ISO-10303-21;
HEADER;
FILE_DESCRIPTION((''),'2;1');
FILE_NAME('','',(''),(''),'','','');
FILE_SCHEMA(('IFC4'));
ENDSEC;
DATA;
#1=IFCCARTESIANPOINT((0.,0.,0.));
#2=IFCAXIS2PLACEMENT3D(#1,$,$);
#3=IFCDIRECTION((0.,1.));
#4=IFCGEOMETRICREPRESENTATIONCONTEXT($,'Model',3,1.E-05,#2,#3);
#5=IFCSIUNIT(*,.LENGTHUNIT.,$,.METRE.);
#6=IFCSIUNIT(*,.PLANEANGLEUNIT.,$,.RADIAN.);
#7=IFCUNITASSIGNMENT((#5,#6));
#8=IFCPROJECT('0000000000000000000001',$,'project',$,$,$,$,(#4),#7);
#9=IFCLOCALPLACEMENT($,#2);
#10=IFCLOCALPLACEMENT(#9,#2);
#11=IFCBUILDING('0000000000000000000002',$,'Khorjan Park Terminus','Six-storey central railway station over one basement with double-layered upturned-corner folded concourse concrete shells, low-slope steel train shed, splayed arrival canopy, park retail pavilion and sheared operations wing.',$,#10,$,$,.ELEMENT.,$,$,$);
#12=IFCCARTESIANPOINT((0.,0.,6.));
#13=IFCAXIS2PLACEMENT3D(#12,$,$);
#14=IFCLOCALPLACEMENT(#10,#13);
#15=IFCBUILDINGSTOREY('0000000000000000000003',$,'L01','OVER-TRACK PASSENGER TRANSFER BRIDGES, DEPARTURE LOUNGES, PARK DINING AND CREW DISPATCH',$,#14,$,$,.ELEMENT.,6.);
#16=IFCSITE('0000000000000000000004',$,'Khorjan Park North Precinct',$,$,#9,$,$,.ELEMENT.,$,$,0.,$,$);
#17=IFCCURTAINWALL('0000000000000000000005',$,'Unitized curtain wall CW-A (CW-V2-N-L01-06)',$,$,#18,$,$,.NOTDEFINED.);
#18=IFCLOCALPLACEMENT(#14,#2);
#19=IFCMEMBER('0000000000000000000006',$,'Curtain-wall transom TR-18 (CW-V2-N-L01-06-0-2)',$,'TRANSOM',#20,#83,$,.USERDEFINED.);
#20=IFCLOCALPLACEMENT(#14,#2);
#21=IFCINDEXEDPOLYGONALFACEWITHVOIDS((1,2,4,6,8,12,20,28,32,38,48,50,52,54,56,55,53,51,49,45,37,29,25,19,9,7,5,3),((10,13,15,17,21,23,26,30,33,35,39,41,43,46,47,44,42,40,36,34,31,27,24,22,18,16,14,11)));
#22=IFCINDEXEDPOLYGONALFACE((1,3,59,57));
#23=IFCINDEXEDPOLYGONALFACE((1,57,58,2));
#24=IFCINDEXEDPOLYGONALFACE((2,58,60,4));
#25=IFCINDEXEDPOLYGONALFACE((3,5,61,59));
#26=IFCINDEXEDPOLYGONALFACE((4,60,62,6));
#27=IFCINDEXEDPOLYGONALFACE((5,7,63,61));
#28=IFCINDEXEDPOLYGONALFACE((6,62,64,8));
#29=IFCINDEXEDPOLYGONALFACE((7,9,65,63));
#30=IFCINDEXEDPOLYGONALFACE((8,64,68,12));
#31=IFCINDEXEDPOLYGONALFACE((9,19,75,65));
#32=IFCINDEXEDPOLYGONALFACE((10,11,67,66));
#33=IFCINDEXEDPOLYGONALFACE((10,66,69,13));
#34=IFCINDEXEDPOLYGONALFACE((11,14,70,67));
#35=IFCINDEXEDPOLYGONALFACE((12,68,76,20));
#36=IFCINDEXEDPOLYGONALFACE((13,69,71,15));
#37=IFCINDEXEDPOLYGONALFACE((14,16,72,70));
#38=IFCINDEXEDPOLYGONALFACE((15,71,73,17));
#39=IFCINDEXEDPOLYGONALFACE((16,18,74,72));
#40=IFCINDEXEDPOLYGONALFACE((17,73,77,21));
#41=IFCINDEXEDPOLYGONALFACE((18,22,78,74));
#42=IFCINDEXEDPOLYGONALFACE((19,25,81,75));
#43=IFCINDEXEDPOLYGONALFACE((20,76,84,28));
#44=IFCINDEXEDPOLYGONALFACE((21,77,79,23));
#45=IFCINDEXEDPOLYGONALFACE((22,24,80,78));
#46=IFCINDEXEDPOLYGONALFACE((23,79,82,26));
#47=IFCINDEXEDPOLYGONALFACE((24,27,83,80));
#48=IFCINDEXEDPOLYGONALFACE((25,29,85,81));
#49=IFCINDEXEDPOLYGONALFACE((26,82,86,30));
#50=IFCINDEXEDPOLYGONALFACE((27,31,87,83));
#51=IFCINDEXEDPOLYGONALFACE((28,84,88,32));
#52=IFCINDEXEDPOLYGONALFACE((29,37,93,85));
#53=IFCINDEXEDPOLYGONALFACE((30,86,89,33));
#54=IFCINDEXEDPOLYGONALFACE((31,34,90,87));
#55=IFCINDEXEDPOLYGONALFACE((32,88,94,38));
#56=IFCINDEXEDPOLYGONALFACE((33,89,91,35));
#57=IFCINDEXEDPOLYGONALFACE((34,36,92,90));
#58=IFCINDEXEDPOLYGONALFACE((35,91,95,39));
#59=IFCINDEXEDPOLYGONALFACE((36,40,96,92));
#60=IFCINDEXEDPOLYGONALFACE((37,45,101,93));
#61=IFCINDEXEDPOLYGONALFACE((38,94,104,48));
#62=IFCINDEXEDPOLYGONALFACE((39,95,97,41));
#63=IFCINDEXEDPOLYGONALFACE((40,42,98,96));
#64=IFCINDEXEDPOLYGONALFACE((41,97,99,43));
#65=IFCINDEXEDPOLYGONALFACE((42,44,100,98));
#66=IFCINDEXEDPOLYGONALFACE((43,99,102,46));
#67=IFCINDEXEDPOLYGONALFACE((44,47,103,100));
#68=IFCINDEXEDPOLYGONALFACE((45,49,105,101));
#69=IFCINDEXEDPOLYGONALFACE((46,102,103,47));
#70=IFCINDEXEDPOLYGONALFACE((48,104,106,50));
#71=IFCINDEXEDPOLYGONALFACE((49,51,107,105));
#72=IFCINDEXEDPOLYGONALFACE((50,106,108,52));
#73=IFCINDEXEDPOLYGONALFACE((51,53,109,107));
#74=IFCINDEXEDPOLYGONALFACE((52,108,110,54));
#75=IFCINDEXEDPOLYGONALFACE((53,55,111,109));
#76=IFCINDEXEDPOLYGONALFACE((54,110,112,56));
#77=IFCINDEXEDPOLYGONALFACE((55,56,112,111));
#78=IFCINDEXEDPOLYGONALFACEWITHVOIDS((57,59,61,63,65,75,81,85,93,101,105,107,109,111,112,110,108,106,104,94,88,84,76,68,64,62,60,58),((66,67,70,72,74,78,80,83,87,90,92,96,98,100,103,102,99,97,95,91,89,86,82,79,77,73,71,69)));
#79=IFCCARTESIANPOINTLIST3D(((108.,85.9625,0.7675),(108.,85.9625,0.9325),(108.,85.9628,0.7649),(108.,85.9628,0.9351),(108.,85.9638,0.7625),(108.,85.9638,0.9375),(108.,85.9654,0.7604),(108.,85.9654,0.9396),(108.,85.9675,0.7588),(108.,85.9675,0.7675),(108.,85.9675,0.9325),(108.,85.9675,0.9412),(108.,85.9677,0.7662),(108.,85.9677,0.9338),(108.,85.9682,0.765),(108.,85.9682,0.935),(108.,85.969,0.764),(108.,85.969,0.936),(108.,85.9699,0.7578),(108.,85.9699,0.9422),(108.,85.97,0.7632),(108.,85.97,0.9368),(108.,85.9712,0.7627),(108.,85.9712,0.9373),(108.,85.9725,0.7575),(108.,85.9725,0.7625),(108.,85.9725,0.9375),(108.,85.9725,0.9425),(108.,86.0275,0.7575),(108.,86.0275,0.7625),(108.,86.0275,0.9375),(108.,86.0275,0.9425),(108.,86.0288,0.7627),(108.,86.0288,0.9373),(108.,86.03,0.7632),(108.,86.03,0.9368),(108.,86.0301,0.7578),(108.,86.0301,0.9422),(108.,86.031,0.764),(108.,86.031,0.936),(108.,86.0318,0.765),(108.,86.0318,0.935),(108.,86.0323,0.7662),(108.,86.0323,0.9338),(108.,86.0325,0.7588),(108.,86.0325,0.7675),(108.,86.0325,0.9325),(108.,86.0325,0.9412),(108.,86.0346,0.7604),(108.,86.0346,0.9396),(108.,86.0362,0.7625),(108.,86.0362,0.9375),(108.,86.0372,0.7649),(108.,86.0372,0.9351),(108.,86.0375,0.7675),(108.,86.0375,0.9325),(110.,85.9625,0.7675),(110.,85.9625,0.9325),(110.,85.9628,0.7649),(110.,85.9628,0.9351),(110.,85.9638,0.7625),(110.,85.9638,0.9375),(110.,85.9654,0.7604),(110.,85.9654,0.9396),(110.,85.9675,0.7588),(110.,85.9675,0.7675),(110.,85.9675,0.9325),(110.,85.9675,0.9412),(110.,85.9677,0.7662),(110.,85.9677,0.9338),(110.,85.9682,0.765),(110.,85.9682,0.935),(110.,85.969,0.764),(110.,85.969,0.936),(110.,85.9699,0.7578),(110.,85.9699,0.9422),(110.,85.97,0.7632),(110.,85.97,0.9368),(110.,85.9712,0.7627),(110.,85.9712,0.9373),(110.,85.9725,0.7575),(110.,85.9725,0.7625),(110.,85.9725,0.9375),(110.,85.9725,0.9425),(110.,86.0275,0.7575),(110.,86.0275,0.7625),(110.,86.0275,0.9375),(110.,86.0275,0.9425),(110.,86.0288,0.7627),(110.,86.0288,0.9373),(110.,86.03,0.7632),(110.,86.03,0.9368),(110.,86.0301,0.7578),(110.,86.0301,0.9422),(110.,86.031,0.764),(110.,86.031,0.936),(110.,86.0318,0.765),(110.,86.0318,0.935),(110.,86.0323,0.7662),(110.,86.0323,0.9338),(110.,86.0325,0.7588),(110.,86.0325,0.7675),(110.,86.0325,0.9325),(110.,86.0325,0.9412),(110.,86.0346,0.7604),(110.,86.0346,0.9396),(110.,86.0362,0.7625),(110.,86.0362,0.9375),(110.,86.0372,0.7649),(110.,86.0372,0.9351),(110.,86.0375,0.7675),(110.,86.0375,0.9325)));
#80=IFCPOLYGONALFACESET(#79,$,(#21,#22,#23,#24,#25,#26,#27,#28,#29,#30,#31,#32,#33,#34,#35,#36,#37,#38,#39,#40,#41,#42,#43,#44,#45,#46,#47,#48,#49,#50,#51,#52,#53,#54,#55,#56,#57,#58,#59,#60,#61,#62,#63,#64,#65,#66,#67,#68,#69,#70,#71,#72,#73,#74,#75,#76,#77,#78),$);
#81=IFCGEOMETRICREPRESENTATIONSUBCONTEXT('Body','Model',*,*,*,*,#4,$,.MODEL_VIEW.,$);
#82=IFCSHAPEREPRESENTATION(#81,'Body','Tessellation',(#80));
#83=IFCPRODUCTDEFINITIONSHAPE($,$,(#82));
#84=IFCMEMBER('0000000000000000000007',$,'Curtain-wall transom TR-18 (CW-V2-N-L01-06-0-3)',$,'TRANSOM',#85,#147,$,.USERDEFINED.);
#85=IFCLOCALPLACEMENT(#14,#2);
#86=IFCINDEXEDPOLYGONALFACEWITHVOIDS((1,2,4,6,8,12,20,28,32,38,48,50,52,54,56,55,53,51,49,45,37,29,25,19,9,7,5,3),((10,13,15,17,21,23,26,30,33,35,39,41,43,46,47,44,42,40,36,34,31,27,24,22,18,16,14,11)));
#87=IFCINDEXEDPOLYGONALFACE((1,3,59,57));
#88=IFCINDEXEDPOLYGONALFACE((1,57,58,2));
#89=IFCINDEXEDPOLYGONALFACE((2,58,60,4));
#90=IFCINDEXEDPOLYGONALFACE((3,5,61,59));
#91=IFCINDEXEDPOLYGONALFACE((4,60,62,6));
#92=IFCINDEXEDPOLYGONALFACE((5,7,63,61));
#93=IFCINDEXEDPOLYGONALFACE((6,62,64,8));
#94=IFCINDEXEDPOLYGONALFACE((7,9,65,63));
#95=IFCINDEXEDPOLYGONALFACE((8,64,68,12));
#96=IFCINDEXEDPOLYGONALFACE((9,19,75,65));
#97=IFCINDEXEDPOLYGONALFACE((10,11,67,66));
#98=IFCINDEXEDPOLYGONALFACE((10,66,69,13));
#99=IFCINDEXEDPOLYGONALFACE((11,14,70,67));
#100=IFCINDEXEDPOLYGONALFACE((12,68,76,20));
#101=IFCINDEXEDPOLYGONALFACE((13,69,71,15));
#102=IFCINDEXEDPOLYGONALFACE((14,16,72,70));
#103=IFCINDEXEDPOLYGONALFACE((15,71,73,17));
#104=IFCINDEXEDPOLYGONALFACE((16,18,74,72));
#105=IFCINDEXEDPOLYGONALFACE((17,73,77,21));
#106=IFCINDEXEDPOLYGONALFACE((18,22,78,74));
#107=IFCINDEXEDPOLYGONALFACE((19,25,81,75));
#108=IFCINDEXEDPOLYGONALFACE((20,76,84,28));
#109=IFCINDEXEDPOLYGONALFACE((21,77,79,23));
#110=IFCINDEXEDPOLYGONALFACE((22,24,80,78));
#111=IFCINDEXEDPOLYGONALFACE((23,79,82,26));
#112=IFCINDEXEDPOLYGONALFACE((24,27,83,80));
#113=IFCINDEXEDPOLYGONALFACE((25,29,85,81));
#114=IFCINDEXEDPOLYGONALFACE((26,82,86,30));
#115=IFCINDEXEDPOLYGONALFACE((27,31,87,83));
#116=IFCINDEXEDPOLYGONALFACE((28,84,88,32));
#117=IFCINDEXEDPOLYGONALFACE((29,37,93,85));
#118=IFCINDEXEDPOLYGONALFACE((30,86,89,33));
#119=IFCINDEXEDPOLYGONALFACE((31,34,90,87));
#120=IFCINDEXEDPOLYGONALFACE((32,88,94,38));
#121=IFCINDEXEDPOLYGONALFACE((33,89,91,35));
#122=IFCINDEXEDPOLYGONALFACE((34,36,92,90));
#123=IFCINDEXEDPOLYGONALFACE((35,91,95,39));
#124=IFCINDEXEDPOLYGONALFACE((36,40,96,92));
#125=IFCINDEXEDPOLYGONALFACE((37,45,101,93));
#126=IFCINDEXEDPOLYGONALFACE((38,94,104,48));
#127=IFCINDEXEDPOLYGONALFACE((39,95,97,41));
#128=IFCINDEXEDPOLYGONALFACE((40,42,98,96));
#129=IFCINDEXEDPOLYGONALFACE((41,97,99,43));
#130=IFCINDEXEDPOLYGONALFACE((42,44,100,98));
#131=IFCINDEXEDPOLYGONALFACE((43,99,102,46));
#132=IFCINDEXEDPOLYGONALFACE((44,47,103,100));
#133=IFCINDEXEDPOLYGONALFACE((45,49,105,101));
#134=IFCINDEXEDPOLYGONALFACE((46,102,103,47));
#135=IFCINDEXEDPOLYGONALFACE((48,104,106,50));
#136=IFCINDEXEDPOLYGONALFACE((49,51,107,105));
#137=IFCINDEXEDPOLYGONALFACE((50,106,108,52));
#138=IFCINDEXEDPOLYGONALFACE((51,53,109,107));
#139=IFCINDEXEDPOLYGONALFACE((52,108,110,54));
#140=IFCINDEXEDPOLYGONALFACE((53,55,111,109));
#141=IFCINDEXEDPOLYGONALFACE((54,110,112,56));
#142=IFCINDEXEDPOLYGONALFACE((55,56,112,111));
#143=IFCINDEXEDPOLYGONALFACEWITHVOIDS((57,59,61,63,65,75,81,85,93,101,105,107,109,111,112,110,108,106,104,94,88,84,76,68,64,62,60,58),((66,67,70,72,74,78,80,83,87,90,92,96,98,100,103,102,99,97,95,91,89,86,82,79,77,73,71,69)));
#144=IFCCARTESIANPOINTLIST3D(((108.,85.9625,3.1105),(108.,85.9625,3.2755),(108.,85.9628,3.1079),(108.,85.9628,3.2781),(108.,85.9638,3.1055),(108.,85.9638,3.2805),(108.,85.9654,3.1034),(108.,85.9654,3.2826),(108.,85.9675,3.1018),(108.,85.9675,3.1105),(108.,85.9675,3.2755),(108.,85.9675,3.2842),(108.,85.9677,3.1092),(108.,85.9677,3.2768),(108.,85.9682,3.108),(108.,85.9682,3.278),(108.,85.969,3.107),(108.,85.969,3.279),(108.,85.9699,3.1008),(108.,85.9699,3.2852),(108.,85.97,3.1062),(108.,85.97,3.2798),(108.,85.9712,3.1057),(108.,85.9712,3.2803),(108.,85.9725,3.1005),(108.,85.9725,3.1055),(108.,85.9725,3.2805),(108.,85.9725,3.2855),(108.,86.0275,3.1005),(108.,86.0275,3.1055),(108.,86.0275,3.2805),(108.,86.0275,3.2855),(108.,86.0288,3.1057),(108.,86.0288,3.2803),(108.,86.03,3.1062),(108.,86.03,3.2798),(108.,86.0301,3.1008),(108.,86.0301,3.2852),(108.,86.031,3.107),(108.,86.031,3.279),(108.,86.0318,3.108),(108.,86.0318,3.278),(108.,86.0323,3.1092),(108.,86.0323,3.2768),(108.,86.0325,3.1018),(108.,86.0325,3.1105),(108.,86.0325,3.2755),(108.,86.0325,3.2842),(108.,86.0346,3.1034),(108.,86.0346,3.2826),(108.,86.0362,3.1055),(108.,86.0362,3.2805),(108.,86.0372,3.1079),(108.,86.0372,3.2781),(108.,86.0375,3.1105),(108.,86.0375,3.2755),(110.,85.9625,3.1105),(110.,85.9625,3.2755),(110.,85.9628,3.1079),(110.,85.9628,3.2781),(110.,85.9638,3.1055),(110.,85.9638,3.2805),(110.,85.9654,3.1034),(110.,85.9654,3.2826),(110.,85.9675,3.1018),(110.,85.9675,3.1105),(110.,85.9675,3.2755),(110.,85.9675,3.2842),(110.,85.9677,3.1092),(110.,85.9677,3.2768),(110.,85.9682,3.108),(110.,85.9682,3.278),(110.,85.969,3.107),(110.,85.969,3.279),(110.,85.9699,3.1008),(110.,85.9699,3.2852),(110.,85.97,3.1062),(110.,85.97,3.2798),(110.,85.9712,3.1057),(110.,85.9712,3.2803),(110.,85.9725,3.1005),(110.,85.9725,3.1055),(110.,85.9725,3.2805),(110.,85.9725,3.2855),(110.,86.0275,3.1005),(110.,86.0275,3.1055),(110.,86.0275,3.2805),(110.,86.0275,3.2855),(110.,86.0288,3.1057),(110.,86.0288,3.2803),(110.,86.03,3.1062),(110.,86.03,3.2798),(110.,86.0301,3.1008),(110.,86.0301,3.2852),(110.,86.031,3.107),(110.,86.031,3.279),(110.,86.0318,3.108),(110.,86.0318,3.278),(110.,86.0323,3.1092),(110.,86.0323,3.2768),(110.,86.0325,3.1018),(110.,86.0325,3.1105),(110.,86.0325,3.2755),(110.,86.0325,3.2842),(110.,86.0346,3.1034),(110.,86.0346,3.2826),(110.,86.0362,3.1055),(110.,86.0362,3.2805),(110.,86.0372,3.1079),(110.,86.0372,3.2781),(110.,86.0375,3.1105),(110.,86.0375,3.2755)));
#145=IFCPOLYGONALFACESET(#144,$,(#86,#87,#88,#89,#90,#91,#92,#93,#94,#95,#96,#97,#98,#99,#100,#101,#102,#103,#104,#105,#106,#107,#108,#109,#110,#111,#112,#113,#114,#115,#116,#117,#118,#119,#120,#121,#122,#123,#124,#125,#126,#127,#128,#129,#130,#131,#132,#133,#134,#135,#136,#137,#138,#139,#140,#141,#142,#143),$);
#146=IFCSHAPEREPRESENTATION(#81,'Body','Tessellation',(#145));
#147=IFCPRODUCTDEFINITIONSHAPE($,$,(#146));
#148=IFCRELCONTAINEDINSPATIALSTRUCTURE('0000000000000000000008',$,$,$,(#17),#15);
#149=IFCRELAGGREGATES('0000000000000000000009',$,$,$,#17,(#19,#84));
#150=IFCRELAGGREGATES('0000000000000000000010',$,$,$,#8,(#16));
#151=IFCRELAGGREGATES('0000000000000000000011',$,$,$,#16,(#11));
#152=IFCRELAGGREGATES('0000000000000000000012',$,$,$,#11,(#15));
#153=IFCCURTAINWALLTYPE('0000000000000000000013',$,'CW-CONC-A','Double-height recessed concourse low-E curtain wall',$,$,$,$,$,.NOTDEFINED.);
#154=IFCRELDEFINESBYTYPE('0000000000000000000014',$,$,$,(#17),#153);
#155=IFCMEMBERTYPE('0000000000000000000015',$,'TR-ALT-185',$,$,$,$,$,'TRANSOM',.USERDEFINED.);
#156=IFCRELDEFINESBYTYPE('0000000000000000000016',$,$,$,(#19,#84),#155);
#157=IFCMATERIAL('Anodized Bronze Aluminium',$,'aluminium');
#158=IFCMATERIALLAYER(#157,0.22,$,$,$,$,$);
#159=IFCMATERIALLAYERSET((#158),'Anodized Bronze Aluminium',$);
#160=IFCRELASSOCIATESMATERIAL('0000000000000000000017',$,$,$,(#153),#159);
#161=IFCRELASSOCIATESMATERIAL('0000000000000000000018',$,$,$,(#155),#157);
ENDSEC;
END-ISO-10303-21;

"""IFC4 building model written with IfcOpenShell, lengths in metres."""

from ifc_helpers import new_model, si_unit, direction, frame, origin, origin_2d, place, context, subcontext, project, spatial, hollow_rectangle, extrude, material, layer, layer_set, material_profile, profile_set, type_object, element, aggregate, save


model = new_model("IFC4")

# Units and contexts
model_context = context("Model", 3, precision=1e-05, world=origin(), true_north=direction((0.0, 1.0)))
body_context = subcontext(model_context, "Body", "Model", "MODEL_VIEW")
ifc_project = project(units=[si_unit("LENGTHUNIT", "METRE"), si_unit("PLANEANGLEUNIT", "RADIAN")], contexts=[model_context])

# Site, building, storey
site_placement = place(None, origin())
site = spatial("IfcSite", under=ifc_project, at=site_placement, Name="Khorjan Park North Precinct", CompositionType="ELEMENT", RefElevation=0.0)
building_placement = place(site_placement, origin())
building = spatial("IfcBuilding", under=site, at=building_placement, Name="Khorjan Park Terminus", Description="Six-storey central railway station over one basement with double-layered upturned-corner folded concourse concrete shells, low-slope steel train shed, splayed arrival canopy, park retail pavilion and sheared operations wing.", CompositionType="ELEMENT")
storey_placement = place(building_placement, frame((0.0, 0.0, 6.0)))
storey = spatial("IfcBuildingStorey", under=building, at=storey_placement, Name="L01", Description="OVER-TRACK PASSENGER TRANSFER BRIDGES, DEPARTURE LOUNGES, PARK DINING AND CREW DISPATCH", CompositionType="ELEMENT", Elevation=6.0)

# Curtain wall
ifc_material_1 = material(Name="Anodized Bronze Aluminium", Category="aluminium")
ifc_layer_1 = layer(ifc_material_1, 0.22)
ifc_layer_set_1 = layer_set([ifc_layer_1], Name="Anodized Bronze Aluminium")
curtain_wall_type_1 = type_object("IfcCurtainWallType", Name="CW-CONC-A", Description="Double-height recessed concourse low-E curtain wall", PredefinedType="NOTDEFINED", material=ifc_layer_set_1)
curtain_wall_1_placement = place(storey_placement, origin())
curtain_wall_1 = element("IfcCurtainWall", 1, at=curtain_wall_1_placement, inside=storey, type_object=curtain_wall_type_1, Name="Unitized curtain wall CW-A (CW-V2-N-L01-06)", PredefinedType="NOTDEFINED")

# Members
ifc_material_profile_1 = material_profile(ifc_material_1, hollow_rectangle(XDim=0.075, YDim=0.185, WallThickness=0.005, InnerFilletRadius=0.005, OuterFilletRadius=0.01, at=origin_2d()), Name="ALT 75x185x5")
ifc_profile_set_1 = profile_set([ifc_material_profile_1], Name="Anodized Bronze Aluminium")
member_type_1 = type_object("IfcMemberType", Name="TR-ALT-185", ElementType="TRANSOM", PredefinedType="USERDEFINED", material=ifc_profile_set_1)
member_1_placement = place(storey_placement, frame((110.0, 86.0, 0.85), z_axis=(-1.0, 0.0, 0.0), x_axis=(0.0, -1.0, 0.0)))
member_1 = element("IfcMember", 2, at=member_1_placement, type_object=member_type_1, Name="Curtain-wall transom TR-18 (CW-V2-N-L01-06-0-2)", ObjectType="TRANSOM", PredefinedType="USERDEFINED", context=body_context, shape_type="SweptSolid", body=[
    extrude(hollow_rectangle(XDim=0.075, YDim=0.185, WallThickness=0.005, InnerFilletRadius=0.005, OuterFilletRadius=0.01, at=origin_2d()), origin(), (0.0, 0.0, 1.0), 2.0),
])
member_2_placement = place(storey_placement, frame((110.0, 86.0, 3.193), z_axis=(-1.0, 0.0, 0.0), x_axis=(0.0, -1.0, 0.0)))
member_2 = element("IfcMember", 3, at=member_2_placement, type_object=member_type_1, Name="Curtain-wall transom TR-18 (CW-V2-N-L01-06-0-3)", ObjectType="TRANSOM", PredefinedType="USERDEFINED", context=body_context, shape_type="SweptSolid", body=[
    extrude(hollow_rectangle(XDim=0.075, YDim=0.185, WallThickness=0.005, InnerFilletRadius=0.005, OuterFilletRadius=0.01, at=origin_2d()), origin(), (0.0, 0.0, 1.0), 2.0),
])

aggregate(curtain_wall_1, [member_1, member_2])

save(model, "model.ifc")
